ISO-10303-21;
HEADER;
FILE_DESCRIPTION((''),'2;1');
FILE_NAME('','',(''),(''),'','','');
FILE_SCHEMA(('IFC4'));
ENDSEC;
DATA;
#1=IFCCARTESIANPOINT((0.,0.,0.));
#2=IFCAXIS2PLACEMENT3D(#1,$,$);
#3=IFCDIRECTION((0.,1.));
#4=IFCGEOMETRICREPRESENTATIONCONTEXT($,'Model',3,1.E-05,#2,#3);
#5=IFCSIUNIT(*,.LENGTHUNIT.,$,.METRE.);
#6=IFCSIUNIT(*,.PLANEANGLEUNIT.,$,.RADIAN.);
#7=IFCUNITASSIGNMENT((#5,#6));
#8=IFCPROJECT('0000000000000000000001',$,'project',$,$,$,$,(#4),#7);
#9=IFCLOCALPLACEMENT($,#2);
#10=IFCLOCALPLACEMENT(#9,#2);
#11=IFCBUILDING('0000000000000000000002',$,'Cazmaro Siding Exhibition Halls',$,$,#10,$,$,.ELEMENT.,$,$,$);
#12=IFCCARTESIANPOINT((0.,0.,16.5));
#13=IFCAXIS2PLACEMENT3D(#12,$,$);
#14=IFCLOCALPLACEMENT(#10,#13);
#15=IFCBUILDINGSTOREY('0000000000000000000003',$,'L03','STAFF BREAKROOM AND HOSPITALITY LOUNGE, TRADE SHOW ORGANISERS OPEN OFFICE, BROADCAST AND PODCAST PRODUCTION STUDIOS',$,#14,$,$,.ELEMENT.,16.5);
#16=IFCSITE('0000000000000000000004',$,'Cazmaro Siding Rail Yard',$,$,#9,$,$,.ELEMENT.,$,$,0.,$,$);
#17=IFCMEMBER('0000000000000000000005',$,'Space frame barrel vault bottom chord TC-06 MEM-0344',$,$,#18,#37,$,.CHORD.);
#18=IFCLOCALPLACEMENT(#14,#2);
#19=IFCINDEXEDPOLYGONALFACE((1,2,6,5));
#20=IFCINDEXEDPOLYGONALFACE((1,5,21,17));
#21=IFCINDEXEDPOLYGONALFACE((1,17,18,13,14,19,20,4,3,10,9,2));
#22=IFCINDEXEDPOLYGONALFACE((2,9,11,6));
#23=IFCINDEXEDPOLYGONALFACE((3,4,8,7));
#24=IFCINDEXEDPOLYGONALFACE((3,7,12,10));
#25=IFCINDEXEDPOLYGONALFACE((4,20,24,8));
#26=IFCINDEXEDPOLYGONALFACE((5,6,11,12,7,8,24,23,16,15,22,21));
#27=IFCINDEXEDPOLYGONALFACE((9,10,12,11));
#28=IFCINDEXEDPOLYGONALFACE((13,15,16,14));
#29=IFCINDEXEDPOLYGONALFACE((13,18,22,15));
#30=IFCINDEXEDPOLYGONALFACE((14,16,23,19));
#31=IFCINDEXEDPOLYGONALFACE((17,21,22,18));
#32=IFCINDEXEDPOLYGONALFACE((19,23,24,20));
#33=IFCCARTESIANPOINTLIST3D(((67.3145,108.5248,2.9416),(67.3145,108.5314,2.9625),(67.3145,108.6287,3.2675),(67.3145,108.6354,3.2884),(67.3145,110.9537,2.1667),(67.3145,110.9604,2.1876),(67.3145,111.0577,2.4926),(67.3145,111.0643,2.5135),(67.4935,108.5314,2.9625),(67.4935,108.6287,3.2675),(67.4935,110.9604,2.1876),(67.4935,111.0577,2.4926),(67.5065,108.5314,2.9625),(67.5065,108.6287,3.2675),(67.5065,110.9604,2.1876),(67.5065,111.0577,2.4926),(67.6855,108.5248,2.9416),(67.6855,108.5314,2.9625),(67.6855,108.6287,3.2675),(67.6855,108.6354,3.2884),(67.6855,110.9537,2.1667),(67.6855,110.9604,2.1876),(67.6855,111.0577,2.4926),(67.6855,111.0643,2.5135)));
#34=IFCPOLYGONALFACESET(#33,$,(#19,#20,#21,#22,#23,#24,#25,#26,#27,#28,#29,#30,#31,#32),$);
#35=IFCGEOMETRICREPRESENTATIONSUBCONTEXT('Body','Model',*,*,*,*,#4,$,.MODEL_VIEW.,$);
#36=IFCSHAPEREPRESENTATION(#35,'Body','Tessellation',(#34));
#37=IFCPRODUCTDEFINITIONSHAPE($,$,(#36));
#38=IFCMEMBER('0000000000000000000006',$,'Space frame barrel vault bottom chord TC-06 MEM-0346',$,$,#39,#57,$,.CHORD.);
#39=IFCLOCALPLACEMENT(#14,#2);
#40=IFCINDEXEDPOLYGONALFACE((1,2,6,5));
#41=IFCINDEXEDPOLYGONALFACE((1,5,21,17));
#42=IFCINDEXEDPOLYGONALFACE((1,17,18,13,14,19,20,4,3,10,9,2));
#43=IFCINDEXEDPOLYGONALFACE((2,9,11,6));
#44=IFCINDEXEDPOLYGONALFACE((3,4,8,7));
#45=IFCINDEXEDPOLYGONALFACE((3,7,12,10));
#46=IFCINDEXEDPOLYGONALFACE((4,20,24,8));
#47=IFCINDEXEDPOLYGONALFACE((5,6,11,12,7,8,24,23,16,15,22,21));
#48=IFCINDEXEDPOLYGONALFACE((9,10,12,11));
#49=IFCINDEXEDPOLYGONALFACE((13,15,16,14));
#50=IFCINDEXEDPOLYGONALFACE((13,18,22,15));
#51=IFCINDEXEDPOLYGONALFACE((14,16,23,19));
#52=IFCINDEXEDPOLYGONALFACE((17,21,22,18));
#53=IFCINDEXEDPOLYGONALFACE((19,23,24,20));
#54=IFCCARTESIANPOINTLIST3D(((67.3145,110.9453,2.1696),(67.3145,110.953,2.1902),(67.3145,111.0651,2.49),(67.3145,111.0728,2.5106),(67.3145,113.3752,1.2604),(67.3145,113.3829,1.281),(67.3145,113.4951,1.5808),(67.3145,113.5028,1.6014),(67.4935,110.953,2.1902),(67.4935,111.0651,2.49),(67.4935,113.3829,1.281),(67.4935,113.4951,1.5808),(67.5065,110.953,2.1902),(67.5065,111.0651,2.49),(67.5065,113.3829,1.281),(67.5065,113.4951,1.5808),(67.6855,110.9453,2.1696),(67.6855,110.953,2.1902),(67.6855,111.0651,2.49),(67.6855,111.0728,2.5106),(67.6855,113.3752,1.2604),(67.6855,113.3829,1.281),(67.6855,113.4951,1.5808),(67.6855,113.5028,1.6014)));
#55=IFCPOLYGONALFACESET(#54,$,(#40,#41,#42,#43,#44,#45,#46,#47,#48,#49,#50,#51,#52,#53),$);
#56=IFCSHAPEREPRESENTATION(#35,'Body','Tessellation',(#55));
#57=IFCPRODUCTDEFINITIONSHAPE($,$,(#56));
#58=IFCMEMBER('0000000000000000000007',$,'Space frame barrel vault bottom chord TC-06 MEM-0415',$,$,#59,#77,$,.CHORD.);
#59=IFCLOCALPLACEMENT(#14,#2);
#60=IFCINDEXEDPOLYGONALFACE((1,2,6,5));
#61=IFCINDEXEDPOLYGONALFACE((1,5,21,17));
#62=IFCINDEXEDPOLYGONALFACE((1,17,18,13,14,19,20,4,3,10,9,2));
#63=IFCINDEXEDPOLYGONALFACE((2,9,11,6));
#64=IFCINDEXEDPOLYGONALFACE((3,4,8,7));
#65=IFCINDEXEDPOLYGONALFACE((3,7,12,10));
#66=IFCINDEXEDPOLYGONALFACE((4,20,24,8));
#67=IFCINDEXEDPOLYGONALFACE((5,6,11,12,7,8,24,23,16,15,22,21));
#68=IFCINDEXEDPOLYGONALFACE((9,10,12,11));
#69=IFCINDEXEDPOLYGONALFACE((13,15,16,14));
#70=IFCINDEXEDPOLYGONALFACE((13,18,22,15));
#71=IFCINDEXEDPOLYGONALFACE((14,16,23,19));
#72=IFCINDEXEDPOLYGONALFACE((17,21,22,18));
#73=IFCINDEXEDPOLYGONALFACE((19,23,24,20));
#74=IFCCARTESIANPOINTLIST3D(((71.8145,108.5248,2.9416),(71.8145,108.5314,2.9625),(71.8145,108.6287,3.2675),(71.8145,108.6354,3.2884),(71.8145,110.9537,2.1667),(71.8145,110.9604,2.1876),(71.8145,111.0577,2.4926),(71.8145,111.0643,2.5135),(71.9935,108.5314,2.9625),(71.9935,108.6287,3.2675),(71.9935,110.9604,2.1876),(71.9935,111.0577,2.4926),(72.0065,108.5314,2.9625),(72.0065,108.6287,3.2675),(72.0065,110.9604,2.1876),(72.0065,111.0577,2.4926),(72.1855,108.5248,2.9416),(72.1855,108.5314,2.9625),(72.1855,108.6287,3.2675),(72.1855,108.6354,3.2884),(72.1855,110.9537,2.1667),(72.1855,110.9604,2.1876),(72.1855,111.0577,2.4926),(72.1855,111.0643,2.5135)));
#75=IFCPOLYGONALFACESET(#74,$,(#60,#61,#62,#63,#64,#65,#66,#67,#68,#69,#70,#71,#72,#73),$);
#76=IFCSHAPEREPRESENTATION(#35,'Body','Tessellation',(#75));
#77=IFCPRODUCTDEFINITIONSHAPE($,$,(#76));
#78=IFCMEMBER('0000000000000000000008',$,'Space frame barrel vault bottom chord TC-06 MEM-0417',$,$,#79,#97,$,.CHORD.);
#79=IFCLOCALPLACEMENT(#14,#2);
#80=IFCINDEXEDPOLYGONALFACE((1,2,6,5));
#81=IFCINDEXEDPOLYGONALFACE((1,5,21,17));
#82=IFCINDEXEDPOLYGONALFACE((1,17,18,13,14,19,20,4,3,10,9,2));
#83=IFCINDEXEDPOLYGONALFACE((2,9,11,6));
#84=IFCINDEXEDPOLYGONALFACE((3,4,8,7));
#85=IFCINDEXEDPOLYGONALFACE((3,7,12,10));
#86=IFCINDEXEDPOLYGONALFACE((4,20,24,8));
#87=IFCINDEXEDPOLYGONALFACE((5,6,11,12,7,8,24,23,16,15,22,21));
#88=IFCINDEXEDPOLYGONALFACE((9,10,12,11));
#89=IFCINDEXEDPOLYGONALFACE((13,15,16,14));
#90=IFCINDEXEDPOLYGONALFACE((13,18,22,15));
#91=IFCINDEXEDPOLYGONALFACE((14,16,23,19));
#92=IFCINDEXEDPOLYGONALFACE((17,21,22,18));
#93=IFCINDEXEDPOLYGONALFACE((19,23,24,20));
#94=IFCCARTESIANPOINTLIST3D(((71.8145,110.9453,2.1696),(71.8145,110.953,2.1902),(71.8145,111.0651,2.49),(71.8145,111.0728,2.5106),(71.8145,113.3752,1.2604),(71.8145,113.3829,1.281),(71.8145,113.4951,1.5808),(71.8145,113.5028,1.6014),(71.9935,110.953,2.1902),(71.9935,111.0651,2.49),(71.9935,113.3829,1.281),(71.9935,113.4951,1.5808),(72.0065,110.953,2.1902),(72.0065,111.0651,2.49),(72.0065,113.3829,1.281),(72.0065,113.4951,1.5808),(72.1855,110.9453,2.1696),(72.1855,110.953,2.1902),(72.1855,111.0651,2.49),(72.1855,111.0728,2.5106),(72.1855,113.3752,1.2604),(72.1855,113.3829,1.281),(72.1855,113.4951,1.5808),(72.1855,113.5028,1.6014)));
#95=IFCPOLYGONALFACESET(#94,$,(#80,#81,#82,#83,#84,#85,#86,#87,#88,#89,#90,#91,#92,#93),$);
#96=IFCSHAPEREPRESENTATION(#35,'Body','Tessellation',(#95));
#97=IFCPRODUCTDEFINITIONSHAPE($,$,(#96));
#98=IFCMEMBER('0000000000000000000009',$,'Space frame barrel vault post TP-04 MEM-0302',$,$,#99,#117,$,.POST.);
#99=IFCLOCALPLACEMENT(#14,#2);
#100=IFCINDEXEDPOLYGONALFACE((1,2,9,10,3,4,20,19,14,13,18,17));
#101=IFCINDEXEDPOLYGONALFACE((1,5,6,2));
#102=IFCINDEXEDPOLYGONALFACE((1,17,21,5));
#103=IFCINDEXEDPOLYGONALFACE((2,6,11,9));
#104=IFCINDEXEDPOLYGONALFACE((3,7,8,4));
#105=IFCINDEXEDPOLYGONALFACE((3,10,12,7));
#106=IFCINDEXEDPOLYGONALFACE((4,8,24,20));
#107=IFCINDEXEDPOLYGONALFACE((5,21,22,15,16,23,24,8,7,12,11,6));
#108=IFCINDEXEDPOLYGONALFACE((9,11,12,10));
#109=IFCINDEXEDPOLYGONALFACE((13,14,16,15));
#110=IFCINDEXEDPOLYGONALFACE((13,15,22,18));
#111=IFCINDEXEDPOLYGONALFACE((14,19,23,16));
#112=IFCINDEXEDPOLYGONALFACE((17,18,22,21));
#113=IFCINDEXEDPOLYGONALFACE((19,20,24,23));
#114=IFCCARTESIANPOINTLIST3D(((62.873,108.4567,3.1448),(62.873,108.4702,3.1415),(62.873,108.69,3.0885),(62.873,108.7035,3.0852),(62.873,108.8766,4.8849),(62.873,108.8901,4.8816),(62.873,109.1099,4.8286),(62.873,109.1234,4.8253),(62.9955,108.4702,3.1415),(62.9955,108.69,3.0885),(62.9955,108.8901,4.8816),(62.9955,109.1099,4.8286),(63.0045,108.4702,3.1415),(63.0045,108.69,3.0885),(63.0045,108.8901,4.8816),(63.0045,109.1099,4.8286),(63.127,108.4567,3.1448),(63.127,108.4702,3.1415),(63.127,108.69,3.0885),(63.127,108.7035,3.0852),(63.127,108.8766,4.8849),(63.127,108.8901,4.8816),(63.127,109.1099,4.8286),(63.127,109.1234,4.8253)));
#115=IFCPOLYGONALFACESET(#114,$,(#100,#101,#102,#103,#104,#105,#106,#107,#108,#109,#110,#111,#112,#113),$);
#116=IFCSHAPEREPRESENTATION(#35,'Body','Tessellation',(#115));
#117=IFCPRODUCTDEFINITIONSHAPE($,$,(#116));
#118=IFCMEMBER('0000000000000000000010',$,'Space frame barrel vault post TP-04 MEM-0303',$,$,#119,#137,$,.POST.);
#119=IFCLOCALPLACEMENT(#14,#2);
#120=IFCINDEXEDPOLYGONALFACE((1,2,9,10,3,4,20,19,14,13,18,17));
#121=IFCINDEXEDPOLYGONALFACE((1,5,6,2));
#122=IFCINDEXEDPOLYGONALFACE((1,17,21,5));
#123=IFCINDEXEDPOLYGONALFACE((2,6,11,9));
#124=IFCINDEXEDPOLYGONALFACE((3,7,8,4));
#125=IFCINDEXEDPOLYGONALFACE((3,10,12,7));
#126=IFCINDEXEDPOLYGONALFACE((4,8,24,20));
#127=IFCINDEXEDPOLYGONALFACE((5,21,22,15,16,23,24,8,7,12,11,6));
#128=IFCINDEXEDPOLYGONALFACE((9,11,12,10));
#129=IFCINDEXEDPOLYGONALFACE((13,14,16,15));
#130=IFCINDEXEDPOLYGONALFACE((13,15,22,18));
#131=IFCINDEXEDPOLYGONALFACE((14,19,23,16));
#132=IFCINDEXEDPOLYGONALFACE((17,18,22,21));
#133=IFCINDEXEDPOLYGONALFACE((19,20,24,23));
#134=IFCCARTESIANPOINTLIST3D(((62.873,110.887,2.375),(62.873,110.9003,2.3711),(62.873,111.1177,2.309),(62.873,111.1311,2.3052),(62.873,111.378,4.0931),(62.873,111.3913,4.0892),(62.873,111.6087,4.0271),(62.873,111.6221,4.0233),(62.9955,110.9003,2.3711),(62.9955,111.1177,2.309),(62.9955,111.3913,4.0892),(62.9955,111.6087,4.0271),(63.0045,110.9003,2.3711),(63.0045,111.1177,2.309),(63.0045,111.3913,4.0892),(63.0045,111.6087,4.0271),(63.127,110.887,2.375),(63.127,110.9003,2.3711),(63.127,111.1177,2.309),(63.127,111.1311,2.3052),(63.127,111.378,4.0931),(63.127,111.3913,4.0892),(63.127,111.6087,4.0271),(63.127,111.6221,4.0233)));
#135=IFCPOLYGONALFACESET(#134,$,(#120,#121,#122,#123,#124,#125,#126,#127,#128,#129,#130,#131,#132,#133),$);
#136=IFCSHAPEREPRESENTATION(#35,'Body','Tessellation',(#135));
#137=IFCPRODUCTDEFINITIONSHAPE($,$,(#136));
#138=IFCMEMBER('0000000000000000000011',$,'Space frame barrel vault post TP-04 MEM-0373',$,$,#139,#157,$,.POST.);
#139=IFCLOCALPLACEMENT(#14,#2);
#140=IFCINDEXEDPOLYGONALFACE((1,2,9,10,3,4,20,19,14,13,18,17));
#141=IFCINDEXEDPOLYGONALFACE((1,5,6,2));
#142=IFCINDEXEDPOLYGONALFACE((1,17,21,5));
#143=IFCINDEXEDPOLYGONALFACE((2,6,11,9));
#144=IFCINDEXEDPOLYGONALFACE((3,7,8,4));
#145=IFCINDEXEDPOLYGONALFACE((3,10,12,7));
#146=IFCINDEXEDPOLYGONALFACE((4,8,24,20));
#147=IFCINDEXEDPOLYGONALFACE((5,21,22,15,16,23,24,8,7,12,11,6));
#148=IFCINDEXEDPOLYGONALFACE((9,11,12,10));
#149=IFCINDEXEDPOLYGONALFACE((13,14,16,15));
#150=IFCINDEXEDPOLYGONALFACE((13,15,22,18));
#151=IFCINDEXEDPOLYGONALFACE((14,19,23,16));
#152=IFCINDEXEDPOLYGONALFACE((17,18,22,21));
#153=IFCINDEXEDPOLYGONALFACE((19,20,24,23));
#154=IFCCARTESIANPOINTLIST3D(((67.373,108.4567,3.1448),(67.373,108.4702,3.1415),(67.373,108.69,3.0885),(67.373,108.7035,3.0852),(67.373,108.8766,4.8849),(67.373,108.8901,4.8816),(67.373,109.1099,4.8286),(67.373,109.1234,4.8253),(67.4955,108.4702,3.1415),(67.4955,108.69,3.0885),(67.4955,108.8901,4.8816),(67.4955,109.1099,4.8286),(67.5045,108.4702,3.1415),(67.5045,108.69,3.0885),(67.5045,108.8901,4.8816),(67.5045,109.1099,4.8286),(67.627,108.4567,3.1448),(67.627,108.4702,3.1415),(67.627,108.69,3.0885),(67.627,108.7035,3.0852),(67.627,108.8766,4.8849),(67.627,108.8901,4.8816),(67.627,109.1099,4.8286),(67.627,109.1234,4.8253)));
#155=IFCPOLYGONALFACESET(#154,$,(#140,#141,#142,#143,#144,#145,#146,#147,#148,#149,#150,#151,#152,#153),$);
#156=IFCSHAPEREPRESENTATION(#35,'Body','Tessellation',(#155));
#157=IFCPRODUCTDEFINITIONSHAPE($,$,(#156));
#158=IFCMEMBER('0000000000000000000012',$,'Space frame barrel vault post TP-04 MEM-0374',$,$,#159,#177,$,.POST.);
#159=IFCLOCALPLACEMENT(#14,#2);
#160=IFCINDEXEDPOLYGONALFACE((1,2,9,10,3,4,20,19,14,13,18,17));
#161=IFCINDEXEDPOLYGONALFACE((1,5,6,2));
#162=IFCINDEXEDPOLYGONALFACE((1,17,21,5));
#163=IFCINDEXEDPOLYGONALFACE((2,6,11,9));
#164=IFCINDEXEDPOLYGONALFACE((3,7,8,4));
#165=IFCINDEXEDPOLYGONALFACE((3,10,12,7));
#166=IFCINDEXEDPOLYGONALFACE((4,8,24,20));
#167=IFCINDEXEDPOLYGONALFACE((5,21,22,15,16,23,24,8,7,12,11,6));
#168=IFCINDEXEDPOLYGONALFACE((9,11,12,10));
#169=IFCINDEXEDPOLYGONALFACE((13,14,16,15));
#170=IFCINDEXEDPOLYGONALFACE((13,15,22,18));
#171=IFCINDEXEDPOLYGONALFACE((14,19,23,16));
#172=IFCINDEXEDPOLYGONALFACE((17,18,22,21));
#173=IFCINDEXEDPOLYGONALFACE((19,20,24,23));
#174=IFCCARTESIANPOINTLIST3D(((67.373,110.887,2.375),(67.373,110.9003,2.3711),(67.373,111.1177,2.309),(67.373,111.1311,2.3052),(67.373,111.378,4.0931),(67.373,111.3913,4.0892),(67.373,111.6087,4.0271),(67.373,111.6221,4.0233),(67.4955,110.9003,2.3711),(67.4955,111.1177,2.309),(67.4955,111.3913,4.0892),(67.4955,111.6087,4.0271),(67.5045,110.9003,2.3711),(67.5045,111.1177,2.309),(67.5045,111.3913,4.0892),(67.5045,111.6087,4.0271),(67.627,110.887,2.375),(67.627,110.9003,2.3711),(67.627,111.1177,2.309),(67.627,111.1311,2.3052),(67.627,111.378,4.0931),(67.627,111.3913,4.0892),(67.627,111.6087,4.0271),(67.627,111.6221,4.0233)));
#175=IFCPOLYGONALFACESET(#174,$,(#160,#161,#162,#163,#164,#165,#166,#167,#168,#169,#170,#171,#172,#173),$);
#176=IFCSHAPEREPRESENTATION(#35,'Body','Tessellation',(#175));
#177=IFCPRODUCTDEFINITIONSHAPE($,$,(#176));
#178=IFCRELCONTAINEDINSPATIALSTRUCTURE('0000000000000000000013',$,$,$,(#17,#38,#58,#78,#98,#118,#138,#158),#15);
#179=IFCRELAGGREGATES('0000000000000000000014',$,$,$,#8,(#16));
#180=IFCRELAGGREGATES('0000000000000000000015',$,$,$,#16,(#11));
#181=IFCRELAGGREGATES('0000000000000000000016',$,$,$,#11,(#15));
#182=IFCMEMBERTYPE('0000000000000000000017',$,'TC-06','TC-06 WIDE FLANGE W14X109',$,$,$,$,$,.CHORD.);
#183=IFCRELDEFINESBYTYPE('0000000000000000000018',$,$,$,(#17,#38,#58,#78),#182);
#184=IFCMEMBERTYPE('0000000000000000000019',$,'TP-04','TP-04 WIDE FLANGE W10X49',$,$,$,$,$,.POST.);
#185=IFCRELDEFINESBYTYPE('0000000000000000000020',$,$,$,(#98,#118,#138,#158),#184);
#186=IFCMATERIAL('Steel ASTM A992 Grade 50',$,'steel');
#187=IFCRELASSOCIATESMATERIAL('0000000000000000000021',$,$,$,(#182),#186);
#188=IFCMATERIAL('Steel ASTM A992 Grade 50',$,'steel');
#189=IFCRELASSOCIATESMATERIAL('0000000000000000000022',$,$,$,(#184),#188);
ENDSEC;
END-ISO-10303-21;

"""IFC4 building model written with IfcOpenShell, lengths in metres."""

from ifc_helpers import new_model, si_unit, direction, frame, origin, origin_2d, place, context, subcontext, project, spatial, i_section, extrude, material, material_profile, profile_set, type_object, element, save


model = new_model("IFC4")

# Units and contexts
model_context = context("Model", 3, precision=1e-05, world=origin(), true_north=direction((0.0, 1.0)))
body_context = subcontext(model_context, "Body", "Model", "MODEL_VIEW")
ifc_project = project(units=[si_unit("LENGTHUNIT", "METRE"), si_unit("PLANEANGLEUNIT", "RADIAN")], contexts=[model_context])

# Site, building, storey
site_placement = place(None, origin())
site = spatial("IfcSite", under=ifc_project, at=site_placement, Name="Cazmaro Siding Rail Yard", CompositionType="ELEMENT", RefElevation=0.0)
building_placement = place(site_placement, origin())
building = spatial("IfcBuilding", under=site, at=building_placement, Name="Cazmaro Siding Exhibition Halls", CompositionType="ELEMENT")
storey_placement = place(building_placement, frame((0.0, 0.0, 16.5)))
storey = spatial("IfcBuildingStorey", under=building, at=storey_placement, Name="L03", Description="STAFF BREAKROOM AND HOSPITALITY LOUNGE, TRADE SHOW ORGANISERS OPEN OFFICE, BROADCAST AND PODCAST PRODUCTION STUDIOS", CompositionType="ELEMENT", Elevation=16.5)

# Members
ifc_material_1 = material(Name="Steel ASTM A992 Grade 50", Category="steel")
ifc_material_profile_1 = material_profile(ifc_material_1, i_section(OverallWidth=0.3711, OverallDepth=0.364, WebThickness=0.0129, FlangeThickness=0.022, at=origin_2d()), Name="W14X109")
ifc_profile_set_1 = profile_set([ifc_material_profile_1], Name="Steel ASTM A992 Grade 50")
member_type_1 = type_object("IfcMemberType", Name="TC-06", Description="TC-06 WIDE FLANGE W14X109", PredefinedType="CHORD", material=ifc_profile_set_1)
member_1_placement = place(storey_placement, frame((67.5, 108.5801, 3.115), z_axis=(0.0, 0.952693, -0.303935), x_axis=(-1.0, 0.0, 0.0)))
element("IfcMember", 1, at=member_1_placement, inside=storey, type_object=member_type_1, Name="Space frame barrel vault bottom chord TC-06 MEM-0344", PredefinedType="CHORD", context=body_context, shape_type="SweptSolid", body=[
    extrude(i_section(OverallWidth=0.3711, OverallDepth=0.364, WebThickness=0.0129, FlangeThickness=0.022, at=origin_2d()), origin(), (0.0, 0.0, 1.0), 2.5496),
])
member_2_placement = place(storey_placement, frame((67.5, 111.009, 2.3401), z_axis=(0.0, 0.936588, -0.350432), x_axis=(-1.0, 0.0, 0.0)))
element("IfcMember", 2, at=member_2_placement, inside=storey, type_object=member_type_1, Name="Space frame barrel vault bottom chord TC-06 MEM-0346", PredefinedType="CHORD", context=body_context, shape_type="SweptSolid", body=[
    extrude(i_section(OverallWidth=0.3711, OverallDepth=0.364, WebThickness=0.0129, FlangeThickness=0.022, at=origin_2d()), origin(), (0.0, 0.0, 1.0), 2.5945),
])
member_3_placement = place(storey_placement, frame((72.0, 108.5801, 3.115), z_axis=(0.0, 0.952693, -0.303935), x_axis=(-1.0, 0.0, 0.0)))
element("IfcMember", 3, at=member_3_placement, inside=storey, type_object=member_type_1, Name="Space frame barrel vault bottom chord TC-06 MEM-0415", PredefinedType="CHORD", context=body_context, shape_type="SweptSolid", body=[
    extrude(i_section(OverallWidth=0.3711, OverallDepth=0.364, WebThickness=0.0129, FlangeThickness=0.022, at=origin_2d()), origin(), (0.0, 0.0, 1.0), 2.5496),
])
member_4_placement = place(storey_placement, frame((72.0, 111.009, 2.3401), z_axis=(0.0, 0.936588, -0.350432), x_axis=(-1.0, 0.0, 0.0)))
element("IfcMember", 4, at=member_4_placement, inside=storey, type_object=member_type_1, Name="Space frame barrel vault bottom chord TC-06 MEM-0417", PredefinedType="CHORD", context=body_context, shape_type="SweptSolid", body=[
    extrude(i_section(OverallWidth=0.3711, OverallDepth=0.364, WebThickness=0.0129, FlangeThickness=0.022, at=origin_2d()), origin(), (0.0, 0.0, 1.0), 2.5945),
])
ifc_material_2 = material(Name="Steel ASTM A992 Grade 50", Category="steel")
ifc_material_profile_2 = material_profile(ifc_material_2, i_section(OverallWidth=0.2539, OverallDepth=0.2539, WebThickness=0.009, FlangeThickness=0.0139, at=origin_2d()), Name="W10X49")
ifc_profile_set_2 = profile_set([ifc_material_profile_2], Name="Steel ASTM A992 Grade 50")
member_type_2 = type_object("IfcMemberType", Name="TP-04", Description="TP-04 WIDE FLANGE W10X49", PredefinedType="POST", material=ifc_profile_set_2)
member_5_placement = place(storey_placement, frame((63.0, 108.5801, 3.115), z_axis=(0.0, 0.234601, 0.972092), x_axis=(-1.0, 0.0, 0.0)))
element("IfcMember", 5, at=member_5_placement, inside=storey, type_object=member_type_2, Name="Space frame barrel vault post TP-04 MEM-0302", PredefinedType="POST", context=body_context, shape_type="SweptSolid", body=[
    extrude(i_section(OverallWidth=0.2539, OverallDepth=0.2539, WebThickness=0.009, FlangeThickness=0.0139, at=origin_2d()), origin(), (0.0, 0.0, 1.0), 1.79),
])
member_6_placement = place(storey_placement, frame((63.0, 111.009, 2.3401), z_axis=(0.0, 0.274775, 0.961508), x_axis=(-1.0, 0.0, 0.0)))
element("IfcMember", 6, at=member_6_placement, inside=storey, type_object=member_type_2, Name="Space frame barrel vault post TP-04 MEM-0303", PredefinedType="POST", context=body_context, shape_type="SweptSolid", body=[
    extrude(i_section(OverallWidth=0.2539, OverallDepth=0.2539, WebThickness=0.009, FlangeThickness=0.0139, at=origin_2d()), origin(), (0.0, 0.0, 1.0), 1.7869),
])
member_7_placement = place(storey_placement, frame((67.5, 108.5801, 3.115), z_axis=(0.0, 0.234601, 0.972092), x_axis=(-1.0, 0.0, 0.0)))
element("IfcMember", 7, at=member_7_placement, inside=storey, type_object=member_type_2, Name="Space frame barrel vault post TP-04 MEM-0373", PredefinedType="POST", context=body_context, shape_type="SweptSolid", body=[
    extrude(i_section(OverallWidth=0.2539, OverallDepth=0.2539, WebThickness=0.009, FlangeThickness=0.0139, at=origin_2d()), origin(), (0.0, 0.0, 1.0), 1.79),
])
member_8_placement = place(storey_placement, frame((67.5, 111.009, 2.3401), z_axis=(0.0, 0.274775, 0.961508), x_axis=(-1.0, 0.0, 0.0)))
element("IfcMember", 8, at=member_8_placement, inside=storey, type_object=member_type_2, Name="Space frame barrel vault post TP-04 MEM-0374", PredefinedType="POST", context=body_context, shape_type="SweptSolid", body=[
    extrude(i_section(OverallWidth=0.2539, OverallDepth=0.2539, WebThickness=0.009, FlangeThickness=0.0139, at=origin_2d()), origin(), (0.0, 0.0, 1.0), 1.7869),
])

save(model, "model.ifc")
